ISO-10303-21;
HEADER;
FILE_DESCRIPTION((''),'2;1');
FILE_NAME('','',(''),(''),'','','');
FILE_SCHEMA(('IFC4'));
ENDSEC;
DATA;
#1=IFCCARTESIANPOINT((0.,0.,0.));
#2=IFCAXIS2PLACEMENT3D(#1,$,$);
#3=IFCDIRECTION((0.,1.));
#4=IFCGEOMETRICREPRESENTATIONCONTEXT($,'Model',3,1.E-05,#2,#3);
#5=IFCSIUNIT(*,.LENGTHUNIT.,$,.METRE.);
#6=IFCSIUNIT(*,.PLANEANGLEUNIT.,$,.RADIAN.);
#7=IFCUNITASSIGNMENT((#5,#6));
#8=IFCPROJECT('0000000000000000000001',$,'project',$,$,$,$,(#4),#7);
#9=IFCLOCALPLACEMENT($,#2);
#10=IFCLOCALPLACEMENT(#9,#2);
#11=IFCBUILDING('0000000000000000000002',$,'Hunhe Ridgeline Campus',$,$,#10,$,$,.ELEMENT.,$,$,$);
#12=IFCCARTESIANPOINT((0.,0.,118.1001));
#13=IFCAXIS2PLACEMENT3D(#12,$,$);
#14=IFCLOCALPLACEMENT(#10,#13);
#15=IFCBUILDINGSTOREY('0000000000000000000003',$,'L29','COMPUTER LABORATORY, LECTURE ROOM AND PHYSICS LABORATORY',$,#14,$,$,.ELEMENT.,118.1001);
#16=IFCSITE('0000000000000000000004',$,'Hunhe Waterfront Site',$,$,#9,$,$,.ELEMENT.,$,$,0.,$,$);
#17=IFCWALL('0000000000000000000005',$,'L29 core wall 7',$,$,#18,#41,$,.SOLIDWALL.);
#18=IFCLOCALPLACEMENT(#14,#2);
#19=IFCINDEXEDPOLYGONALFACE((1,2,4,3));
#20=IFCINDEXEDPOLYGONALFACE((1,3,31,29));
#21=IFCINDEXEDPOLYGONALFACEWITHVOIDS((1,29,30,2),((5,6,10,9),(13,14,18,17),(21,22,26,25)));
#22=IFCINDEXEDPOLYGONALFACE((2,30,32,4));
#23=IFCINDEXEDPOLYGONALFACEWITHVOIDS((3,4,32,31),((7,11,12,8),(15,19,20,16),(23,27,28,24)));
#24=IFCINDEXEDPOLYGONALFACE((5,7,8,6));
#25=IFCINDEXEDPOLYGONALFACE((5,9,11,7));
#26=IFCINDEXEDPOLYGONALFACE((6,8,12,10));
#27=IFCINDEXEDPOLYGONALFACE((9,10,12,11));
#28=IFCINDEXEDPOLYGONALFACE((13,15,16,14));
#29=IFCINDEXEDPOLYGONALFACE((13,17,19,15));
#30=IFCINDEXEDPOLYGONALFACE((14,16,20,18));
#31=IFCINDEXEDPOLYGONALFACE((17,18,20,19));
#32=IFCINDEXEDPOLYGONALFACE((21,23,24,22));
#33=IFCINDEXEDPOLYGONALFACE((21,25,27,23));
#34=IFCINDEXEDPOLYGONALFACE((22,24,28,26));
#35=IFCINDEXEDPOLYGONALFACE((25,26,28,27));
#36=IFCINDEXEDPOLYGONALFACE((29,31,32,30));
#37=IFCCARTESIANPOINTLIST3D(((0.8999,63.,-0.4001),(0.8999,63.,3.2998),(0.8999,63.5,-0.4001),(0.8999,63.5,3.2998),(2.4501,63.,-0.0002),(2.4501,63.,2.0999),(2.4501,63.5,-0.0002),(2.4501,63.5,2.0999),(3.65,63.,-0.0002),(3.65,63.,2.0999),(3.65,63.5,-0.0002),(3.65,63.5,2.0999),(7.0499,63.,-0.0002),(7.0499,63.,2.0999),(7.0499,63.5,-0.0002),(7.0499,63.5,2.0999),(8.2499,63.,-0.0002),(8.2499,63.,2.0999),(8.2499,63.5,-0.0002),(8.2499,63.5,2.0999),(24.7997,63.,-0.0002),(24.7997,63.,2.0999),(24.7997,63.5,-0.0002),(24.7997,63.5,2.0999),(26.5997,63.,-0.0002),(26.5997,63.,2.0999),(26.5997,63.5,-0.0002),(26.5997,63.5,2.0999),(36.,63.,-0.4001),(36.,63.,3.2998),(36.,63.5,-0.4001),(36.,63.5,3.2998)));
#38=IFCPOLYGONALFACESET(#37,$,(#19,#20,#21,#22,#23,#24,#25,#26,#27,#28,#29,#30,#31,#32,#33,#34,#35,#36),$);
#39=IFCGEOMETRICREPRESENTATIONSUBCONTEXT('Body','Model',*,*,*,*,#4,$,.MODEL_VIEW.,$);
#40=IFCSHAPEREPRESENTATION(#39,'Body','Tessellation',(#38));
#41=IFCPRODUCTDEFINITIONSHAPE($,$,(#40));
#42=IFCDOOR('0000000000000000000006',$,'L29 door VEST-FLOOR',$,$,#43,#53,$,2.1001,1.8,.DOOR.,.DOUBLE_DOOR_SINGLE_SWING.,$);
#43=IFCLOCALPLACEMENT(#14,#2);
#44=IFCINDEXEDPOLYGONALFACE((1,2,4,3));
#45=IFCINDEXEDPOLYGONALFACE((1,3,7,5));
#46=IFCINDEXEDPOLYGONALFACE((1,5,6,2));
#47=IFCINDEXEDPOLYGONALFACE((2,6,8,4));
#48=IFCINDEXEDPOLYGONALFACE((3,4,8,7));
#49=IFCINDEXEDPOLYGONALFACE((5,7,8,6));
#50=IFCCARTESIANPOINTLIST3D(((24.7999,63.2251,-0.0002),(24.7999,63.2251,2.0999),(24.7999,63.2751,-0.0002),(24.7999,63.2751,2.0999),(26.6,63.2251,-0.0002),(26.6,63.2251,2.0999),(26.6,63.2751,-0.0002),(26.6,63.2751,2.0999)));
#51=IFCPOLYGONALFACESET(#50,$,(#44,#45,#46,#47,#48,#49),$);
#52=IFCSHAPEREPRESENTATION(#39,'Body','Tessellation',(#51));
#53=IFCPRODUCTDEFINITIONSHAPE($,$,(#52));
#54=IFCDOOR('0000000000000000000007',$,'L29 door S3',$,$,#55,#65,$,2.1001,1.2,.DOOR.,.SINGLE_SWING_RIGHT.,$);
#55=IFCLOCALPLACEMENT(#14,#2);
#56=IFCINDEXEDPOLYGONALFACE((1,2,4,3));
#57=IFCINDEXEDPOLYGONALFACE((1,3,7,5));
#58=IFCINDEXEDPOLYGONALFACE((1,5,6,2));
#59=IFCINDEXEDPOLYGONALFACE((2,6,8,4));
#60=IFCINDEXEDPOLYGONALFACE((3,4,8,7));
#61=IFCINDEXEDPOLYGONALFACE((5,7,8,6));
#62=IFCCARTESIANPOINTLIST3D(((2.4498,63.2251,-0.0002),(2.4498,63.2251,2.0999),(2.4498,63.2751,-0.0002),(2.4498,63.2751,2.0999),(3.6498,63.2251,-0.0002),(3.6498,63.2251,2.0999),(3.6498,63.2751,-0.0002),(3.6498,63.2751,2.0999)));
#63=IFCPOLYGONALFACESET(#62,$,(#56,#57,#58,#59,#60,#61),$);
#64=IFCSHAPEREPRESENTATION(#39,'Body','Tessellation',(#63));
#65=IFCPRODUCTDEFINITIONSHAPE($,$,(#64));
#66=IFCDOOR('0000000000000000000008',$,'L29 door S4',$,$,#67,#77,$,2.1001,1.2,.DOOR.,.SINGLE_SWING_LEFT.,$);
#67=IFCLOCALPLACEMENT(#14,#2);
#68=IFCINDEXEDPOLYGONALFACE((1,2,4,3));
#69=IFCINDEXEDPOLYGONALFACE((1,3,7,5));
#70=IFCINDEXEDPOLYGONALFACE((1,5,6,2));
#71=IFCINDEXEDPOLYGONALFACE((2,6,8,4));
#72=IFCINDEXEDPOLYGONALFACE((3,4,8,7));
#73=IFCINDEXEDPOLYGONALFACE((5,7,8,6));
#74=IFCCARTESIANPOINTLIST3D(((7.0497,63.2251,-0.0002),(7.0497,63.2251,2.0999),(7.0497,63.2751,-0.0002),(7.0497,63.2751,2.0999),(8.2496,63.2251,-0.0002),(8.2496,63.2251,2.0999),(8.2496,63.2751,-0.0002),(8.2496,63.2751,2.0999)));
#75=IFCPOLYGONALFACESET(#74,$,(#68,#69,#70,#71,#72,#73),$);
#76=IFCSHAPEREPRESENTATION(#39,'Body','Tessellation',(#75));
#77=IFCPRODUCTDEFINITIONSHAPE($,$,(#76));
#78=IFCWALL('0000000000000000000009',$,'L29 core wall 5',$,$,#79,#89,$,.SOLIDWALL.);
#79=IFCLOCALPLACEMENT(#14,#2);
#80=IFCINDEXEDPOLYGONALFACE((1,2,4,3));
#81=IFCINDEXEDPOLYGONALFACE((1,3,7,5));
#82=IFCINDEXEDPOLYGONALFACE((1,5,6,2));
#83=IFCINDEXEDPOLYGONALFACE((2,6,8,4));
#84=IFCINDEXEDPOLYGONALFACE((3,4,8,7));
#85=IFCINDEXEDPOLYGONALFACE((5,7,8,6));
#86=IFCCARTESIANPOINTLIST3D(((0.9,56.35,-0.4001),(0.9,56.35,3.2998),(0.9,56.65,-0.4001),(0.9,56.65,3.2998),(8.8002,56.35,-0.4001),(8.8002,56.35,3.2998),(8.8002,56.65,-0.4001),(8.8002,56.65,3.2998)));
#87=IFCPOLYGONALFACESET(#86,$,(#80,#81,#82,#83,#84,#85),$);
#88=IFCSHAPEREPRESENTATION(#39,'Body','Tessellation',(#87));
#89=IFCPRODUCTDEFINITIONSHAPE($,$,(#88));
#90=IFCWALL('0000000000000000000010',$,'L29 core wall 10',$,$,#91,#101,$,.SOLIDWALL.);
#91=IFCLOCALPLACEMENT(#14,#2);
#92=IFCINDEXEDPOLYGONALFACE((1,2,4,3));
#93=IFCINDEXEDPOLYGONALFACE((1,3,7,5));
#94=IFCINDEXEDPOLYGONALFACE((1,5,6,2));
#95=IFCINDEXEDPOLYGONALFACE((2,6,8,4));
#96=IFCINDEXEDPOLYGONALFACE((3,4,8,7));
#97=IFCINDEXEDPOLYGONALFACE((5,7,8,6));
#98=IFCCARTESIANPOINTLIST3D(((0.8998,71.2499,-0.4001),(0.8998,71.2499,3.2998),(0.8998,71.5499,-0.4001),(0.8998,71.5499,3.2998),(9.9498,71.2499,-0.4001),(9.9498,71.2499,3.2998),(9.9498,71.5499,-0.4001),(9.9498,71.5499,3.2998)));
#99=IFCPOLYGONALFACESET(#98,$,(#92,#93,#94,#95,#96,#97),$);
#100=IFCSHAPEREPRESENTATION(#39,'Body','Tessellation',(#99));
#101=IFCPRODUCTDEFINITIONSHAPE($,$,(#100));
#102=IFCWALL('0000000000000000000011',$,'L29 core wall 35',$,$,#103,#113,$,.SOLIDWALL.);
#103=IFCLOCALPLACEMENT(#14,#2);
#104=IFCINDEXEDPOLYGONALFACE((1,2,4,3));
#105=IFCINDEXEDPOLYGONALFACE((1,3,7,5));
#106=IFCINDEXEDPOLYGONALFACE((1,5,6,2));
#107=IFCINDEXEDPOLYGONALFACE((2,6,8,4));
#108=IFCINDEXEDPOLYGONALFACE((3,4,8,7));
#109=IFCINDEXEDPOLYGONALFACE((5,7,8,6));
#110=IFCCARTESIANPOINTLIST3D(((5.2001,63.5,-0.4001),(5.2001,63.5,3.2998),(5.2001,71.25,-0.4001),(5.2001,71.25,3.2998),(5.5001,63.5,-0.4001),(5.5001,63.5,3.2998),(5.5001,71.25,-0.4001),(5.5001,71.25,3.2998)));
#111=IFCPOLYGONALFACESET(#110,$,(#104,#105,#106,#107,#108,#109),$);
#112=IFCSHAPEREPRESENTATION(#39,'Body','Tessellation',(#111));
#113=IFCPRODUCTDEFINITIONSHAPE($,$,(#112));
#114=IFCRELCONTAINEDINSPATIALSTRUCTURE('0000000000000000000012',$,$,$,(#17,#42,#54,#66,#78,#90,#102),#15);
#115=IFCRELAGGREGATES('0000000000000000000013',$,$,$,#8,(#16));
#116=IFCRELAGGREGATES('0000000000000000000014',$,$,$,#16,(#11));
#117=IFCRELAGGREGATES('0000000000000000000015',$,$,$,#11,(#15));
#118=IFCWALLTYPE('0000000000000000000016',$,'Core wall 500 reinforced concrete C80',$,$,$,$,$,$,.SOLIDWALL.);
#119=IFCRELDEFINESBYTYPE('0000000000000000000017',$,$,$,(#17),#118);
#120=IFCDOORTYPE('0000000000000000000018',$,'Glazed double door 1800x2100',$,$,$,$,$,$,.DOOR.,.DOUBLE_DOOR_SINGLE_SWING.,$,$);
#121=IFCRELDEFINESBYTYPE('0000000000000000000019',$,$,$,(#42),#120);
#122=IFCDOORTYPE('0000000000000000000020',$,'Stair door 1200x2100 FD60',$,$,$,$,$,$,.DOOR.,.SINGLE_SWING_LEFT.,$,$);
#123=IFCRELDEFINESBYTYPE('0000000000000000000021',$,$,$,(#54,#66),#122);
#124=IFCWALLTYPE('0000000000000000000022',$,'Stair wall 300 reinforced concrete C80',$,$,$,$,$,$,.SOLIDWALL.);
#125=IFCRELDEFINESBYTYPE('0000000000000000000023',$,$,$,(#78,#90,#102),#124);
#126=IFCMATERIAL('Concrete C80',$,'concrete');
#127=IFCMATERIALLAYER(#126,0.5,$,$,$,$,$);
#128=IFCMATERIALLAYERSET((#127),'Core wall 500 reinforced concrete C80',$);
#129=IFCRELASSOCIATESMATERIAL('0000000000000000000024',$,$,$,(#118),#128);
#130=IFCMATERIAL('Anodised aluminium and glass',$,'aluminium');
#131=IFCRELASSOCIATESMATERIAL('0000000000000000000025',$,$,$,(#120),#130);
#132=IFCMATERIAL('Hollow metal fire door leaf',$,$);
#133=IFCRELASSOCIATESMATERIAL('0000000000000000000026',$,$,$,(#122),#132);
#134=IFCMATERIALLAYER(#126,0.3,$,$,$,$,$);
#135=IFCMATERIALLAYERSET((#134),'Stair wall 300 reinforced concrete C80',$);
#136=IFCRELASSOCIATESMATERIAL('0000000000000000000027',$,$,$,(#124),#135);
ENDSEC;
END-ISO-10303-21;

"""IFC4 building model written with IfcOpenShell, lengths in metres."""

from ifc_helpers import new_model, si_unit, direction, frame, frame_2d, origin, place, context, subcontext, project, spatial, rectangle, extrude, material, layer, layer_set, type_object, element, fill, save


model = new_model("IFC4")

# Units and contexts
model_context = context("Model", 3, precision=1e-05, world=origin(), true_north=direction((0.0, 1.0)))
body_context = subcontext(model_context, "Body", "Model", "MODEL_VIEW")
ifc_project = project(units=[si_unit("LENGTHUNIT", "METRE"), si_unit("PLANEANGLEUNIT", "RADIAN")], contexts=[model_context])

# Site, building, storey
site_placement = place(None, origin())
site = spatial("IfcSite", under=ifc_project, at=site_placement, Name="Hunhe Waterfront Site", CompositionType="ELEMENT", RefElevation=0.0)
building_placement = place(site_placement, origin())
building = spatial("IfcBuilding", under=site, at=building_placement, Name="Hunhe Ridgeline Campus", CompositionType="ELEMENT")
storey_placement = place(building_placement, frame((0.0, 0.0, 118.1001)))
storey = spatial("IfcBuildingStorey", under=building, at=storey_placement, Name="L29", Description="COMPUTER LABORATORY, LECTURE ROOM AND PHYSICS LABORATORY", CompositionType="ELEMENT", Elevation=118.1001)

# Wall, openings, doors
ifc_material_1 = material(Name="Concrete C80", Category="concrete")
ifc_layer_1 = layer(ifc_material_1, 0.5)
ifc_layer_set_1 = layer_set([ifc_layer_1], Name="Core wall 500 reinforced concrete C80")
wall_type_1 = type_object("IfcWallType", Name="Core wall 500 reinforced concrete C80", PredefinedType="SOLIDWALL", material=ifc_layer_set_1)
wall_1_placement = place(storey_placement, frame((0.8999, 63.25, -0.4001), z_axis=(0.0, 0.0, 1.0), x_axis=(1.0, 0.0, 0.0)))
wall_1 = element("IfcWall", 1, at=wall_1_placement, inside=storey, type_object=wall_type_1, Name="L29 core wall 7", PredefinedType="SOLIDWALL", context=body_context, shape_type="SweptSolid", body=[
    extrude(rectangle(XDim=35.1001, YDim=0.5, at=frame_2d((17.55, 0.0))), origin(), (0.0, 0.0, 1.0), 3.7),
])
opening_1_placement = place(wall_1_placement, frame((23.8999, 0.0, 0.3999)))
opening_1 = element("IfcOpeningElement", 2, at=opening_1_placement, cuts=wall_1, PredefinedType="OPENING", context=body_context, shape_type="SweptSolid", body=[
    extrude(rectangle(XDim=1.8, YDim=2.1001, at=frame_2d((0.8999, 1.05))), frame((0.0, 0.25, 0.0), z_axis=(0.0, -1.0, 0.0), x_axis=(1.0, 0.0, 0.0)), (0.0, 0.0, 1.0), 0.5),
])
opening_2_placement = place(wall_1_placement, frame((1.55, 0.0, 0.3999)))
opening_2 = element("IfcOpeningElement", 3, at=opening_2_placement, cuts=wall_1, PredefinedType="OPENING", context=body_context, shape_type="SweptSolid", body=[
    extrude(rectangle(XDim=1.2, YDim=2.1001, at=frame_2d((0.6001, 1.05))), frame((0.0, 0.25, 0.0), z_axis=(0.0, -1.0, 0.0), x_axis=(1.0, 0.0, 0.0)), (0.0, 0.0, 1.0), 0.5),
])
opening_3_placement = place(wall_1_placement, frame((6.1499, 0.0, 0.3999)))
opening_3 = element("IfcOpeningElement", 4, at=opening_3_placement, cuts=wall_1, PredefinedType="OPENING", context=body_context, shape_type="SweptSolid", body=[
    extrude(rectangle(XDim=1.2, YDim=2.1001, at=frame_2d((0.6001, 1.05))), frame((0.0, 0.25, 0.0), z_axis=(0.0, -1.0, 0.0), x_axis=(1.0, 0.0, 0.0)), (0.0, 0.0, 1.0), 0.5),
])
ifc_material_2 = material(Name="Anodised aluminium and glass", Category="aluminium")
door_type_1 = type_object("IfcDoorType", Name="Glazed double door 1800x2100", OperationType="DOUBLE_DOOR_SINGLE_SWING", PredefinedType="DOOR", material=ifc_material_2)
door_1_placement = place(opening_1_placement, frame((1.8, 0.0, 0.0), z_axis=(0.0, 0.0, 1.0), x_axis=(-1.0, 0.0, 0.0)))
door_1 = element("IfcDoor", 5, at=door_1_placement, inside=storey, type_object=door_type_1, Name="L29 door VEST-FLOOR", OperationType="DOUBLE_DOOR_SINGLE_SWING", OverallHeight=2.1001, OverallWidth=1.8, PredefinedType="DOOR", context=body_context, shape_type="SweptSolid", body=[
    extrude(rectangle(XDim=1.8, YDim=2.1001, at=frame_2d((0.8999, 1.05))), frame((0.0, 0.0249, 0.0), z_axis=(0.0, -1.0, 0.0), x_axis=(1.0, 0.0, 0.0)), (0.0, 0.0, 1.0), 0.05),
])
fill(opening_1, door_1)
ifc_material_3 = material(Name="Hollow metal fire door leaf")
door_type_2 = type_object("IfcDoorType", Name="Stair door 1200x2100 FD60", OperationType="SINGLE_SWING_LEFT", PredefinedType="DOOR", material=ifc_material_3)
door_2_placement = place(opening_2_placement, frame((1.2, 0.0, 0.0), z_axis=(0.0, 0.0, 1.0), x_axis=(-1.0, 0.0, 0.0)))
door_2 = element("IfcDoor", 6, at=door_2_placement, inside=storey, type_object=door_type_2, Name="L29 door S3", OperationType="SINGLE_SWING_RIGHT", OverallHeight=2.1001, OverallWidth=1.2, PredefinedType="DOOR", context=body_context, shape_type="SweptSolid", body=[
    extrude(rectangle(XDim=1.2, YDim=2.1001, at=frame_2d((0.6001, 1.05))), frame((0.0, 0.0249, 0.0), z_axis=(0.0, -1.0, 0.0), x_axis=(1.0, 0.0, 0.0)), (0.0, 0.0, 1.0), 0.05),
])
fill(opening_2, door_2)
door_3_placement = place(opening_3_placement, frame((1.2, 0.0, 0.0), z_axis=(0.0, 0.0, 1.0), x_axis=(-1.0, 0.0, 0.0)))
door_3 = element("IfcDoor", 7, at=door_3_placement, inside=storey, type_object=door_type_2, Name="L29 door S4", OperationType="SINGLE_SWING_LEFT", OverallHeight=2.1001, OverallWidth=1.2, PredefinedType="DOOR", context=body_context, shape_type="SweptSolid", body=[
    extrude(rectangle(XDim=1.2, YDim=2.1001, at=frame_2d((0.6001, 1.05))), frame((0.0, 0.0249, 0.0), z_axis=(0.0, -1.0, 0.0), x_axis=(1.0, 0.0, 0.0)), (0.0, 0.0, 1.0), 0.05),
])
fill(opening_3, door_3)

# Wall
ifc_layer_2 = layer(ifc_material_1, 0.3)
ifc_layer_set_2 = layer_set([ifc_layer_2], Name="Stair wall 300 reinforced concrete C80")
wall_type_2 = type_object("IfcWallType", Name="Stair wall 300 reinforced concrete C80", PredefinedType="SOLIDWALL", material=ifc_layer_set_2)
wall_2_placement = place(storey_placement, frame((0.8999, 56.5, -0.4001), z_axis=(0.0, 0.0, 1.0), x_axis=(1.0, 0.0, 0.0)))
element("IfcWall", 8, at=wall_2_placement, inside=storey, type_object=wall_type_2, Name="L29 core wall 5", PredefinedType="SOLIDWALL", context=body_context, shape_type="SweptSolid", body=[
    extrude(rectangle(XDim=7.9001, YDim=0.3, at=frame_2d((3.9502, 0.0))), origin(), (0.0, 0.0, 1.0), 3.7),
])

# Walls
wall_3_placement = place(storey_placement, frame((0.8999, 71.3999, -0.4001), z_axis=(0.0, 0.0, 1.0), x_axis=(1.0, 0.0, 0.0)))
element("IfcWall", 9, at=wall_3_placement, inside=storey, type_object=wall_type_2, Name="L29 core wall 10", PredefinedType="SOLIDWALL", context=body_context, shape_type="SweptSolid", body=[
    extrude(rectangle(XDim=9.05, YDim=0.3, at=frame_2d((4.5249, 0.0))), origin(), (0.0, 0.0, 1.0), 3.7),
])
wall_4_placement = place(storey_placement, frame((5.3501, 63.5, -0.4001), z_axis=(0.0, 0.0, 1.0), x_axis=(0.0, 1.0, 0.0)))
element("IfcWall", 10, at=wall_4_placement, inside=storey, type_object=wall_type_2, Name="L29 core wall 35", PredefinedType="SOLIDWALL", context=body_context, shape_type="SweptSolid", body=[
    extrude(rectangle(XDim=7.75, YDim=0.3, at=frame_2d((3.875, 0.0))), origin(), (0.0, 0.0, 1.0), 3.7),
])

save(model, "model.ifc")
